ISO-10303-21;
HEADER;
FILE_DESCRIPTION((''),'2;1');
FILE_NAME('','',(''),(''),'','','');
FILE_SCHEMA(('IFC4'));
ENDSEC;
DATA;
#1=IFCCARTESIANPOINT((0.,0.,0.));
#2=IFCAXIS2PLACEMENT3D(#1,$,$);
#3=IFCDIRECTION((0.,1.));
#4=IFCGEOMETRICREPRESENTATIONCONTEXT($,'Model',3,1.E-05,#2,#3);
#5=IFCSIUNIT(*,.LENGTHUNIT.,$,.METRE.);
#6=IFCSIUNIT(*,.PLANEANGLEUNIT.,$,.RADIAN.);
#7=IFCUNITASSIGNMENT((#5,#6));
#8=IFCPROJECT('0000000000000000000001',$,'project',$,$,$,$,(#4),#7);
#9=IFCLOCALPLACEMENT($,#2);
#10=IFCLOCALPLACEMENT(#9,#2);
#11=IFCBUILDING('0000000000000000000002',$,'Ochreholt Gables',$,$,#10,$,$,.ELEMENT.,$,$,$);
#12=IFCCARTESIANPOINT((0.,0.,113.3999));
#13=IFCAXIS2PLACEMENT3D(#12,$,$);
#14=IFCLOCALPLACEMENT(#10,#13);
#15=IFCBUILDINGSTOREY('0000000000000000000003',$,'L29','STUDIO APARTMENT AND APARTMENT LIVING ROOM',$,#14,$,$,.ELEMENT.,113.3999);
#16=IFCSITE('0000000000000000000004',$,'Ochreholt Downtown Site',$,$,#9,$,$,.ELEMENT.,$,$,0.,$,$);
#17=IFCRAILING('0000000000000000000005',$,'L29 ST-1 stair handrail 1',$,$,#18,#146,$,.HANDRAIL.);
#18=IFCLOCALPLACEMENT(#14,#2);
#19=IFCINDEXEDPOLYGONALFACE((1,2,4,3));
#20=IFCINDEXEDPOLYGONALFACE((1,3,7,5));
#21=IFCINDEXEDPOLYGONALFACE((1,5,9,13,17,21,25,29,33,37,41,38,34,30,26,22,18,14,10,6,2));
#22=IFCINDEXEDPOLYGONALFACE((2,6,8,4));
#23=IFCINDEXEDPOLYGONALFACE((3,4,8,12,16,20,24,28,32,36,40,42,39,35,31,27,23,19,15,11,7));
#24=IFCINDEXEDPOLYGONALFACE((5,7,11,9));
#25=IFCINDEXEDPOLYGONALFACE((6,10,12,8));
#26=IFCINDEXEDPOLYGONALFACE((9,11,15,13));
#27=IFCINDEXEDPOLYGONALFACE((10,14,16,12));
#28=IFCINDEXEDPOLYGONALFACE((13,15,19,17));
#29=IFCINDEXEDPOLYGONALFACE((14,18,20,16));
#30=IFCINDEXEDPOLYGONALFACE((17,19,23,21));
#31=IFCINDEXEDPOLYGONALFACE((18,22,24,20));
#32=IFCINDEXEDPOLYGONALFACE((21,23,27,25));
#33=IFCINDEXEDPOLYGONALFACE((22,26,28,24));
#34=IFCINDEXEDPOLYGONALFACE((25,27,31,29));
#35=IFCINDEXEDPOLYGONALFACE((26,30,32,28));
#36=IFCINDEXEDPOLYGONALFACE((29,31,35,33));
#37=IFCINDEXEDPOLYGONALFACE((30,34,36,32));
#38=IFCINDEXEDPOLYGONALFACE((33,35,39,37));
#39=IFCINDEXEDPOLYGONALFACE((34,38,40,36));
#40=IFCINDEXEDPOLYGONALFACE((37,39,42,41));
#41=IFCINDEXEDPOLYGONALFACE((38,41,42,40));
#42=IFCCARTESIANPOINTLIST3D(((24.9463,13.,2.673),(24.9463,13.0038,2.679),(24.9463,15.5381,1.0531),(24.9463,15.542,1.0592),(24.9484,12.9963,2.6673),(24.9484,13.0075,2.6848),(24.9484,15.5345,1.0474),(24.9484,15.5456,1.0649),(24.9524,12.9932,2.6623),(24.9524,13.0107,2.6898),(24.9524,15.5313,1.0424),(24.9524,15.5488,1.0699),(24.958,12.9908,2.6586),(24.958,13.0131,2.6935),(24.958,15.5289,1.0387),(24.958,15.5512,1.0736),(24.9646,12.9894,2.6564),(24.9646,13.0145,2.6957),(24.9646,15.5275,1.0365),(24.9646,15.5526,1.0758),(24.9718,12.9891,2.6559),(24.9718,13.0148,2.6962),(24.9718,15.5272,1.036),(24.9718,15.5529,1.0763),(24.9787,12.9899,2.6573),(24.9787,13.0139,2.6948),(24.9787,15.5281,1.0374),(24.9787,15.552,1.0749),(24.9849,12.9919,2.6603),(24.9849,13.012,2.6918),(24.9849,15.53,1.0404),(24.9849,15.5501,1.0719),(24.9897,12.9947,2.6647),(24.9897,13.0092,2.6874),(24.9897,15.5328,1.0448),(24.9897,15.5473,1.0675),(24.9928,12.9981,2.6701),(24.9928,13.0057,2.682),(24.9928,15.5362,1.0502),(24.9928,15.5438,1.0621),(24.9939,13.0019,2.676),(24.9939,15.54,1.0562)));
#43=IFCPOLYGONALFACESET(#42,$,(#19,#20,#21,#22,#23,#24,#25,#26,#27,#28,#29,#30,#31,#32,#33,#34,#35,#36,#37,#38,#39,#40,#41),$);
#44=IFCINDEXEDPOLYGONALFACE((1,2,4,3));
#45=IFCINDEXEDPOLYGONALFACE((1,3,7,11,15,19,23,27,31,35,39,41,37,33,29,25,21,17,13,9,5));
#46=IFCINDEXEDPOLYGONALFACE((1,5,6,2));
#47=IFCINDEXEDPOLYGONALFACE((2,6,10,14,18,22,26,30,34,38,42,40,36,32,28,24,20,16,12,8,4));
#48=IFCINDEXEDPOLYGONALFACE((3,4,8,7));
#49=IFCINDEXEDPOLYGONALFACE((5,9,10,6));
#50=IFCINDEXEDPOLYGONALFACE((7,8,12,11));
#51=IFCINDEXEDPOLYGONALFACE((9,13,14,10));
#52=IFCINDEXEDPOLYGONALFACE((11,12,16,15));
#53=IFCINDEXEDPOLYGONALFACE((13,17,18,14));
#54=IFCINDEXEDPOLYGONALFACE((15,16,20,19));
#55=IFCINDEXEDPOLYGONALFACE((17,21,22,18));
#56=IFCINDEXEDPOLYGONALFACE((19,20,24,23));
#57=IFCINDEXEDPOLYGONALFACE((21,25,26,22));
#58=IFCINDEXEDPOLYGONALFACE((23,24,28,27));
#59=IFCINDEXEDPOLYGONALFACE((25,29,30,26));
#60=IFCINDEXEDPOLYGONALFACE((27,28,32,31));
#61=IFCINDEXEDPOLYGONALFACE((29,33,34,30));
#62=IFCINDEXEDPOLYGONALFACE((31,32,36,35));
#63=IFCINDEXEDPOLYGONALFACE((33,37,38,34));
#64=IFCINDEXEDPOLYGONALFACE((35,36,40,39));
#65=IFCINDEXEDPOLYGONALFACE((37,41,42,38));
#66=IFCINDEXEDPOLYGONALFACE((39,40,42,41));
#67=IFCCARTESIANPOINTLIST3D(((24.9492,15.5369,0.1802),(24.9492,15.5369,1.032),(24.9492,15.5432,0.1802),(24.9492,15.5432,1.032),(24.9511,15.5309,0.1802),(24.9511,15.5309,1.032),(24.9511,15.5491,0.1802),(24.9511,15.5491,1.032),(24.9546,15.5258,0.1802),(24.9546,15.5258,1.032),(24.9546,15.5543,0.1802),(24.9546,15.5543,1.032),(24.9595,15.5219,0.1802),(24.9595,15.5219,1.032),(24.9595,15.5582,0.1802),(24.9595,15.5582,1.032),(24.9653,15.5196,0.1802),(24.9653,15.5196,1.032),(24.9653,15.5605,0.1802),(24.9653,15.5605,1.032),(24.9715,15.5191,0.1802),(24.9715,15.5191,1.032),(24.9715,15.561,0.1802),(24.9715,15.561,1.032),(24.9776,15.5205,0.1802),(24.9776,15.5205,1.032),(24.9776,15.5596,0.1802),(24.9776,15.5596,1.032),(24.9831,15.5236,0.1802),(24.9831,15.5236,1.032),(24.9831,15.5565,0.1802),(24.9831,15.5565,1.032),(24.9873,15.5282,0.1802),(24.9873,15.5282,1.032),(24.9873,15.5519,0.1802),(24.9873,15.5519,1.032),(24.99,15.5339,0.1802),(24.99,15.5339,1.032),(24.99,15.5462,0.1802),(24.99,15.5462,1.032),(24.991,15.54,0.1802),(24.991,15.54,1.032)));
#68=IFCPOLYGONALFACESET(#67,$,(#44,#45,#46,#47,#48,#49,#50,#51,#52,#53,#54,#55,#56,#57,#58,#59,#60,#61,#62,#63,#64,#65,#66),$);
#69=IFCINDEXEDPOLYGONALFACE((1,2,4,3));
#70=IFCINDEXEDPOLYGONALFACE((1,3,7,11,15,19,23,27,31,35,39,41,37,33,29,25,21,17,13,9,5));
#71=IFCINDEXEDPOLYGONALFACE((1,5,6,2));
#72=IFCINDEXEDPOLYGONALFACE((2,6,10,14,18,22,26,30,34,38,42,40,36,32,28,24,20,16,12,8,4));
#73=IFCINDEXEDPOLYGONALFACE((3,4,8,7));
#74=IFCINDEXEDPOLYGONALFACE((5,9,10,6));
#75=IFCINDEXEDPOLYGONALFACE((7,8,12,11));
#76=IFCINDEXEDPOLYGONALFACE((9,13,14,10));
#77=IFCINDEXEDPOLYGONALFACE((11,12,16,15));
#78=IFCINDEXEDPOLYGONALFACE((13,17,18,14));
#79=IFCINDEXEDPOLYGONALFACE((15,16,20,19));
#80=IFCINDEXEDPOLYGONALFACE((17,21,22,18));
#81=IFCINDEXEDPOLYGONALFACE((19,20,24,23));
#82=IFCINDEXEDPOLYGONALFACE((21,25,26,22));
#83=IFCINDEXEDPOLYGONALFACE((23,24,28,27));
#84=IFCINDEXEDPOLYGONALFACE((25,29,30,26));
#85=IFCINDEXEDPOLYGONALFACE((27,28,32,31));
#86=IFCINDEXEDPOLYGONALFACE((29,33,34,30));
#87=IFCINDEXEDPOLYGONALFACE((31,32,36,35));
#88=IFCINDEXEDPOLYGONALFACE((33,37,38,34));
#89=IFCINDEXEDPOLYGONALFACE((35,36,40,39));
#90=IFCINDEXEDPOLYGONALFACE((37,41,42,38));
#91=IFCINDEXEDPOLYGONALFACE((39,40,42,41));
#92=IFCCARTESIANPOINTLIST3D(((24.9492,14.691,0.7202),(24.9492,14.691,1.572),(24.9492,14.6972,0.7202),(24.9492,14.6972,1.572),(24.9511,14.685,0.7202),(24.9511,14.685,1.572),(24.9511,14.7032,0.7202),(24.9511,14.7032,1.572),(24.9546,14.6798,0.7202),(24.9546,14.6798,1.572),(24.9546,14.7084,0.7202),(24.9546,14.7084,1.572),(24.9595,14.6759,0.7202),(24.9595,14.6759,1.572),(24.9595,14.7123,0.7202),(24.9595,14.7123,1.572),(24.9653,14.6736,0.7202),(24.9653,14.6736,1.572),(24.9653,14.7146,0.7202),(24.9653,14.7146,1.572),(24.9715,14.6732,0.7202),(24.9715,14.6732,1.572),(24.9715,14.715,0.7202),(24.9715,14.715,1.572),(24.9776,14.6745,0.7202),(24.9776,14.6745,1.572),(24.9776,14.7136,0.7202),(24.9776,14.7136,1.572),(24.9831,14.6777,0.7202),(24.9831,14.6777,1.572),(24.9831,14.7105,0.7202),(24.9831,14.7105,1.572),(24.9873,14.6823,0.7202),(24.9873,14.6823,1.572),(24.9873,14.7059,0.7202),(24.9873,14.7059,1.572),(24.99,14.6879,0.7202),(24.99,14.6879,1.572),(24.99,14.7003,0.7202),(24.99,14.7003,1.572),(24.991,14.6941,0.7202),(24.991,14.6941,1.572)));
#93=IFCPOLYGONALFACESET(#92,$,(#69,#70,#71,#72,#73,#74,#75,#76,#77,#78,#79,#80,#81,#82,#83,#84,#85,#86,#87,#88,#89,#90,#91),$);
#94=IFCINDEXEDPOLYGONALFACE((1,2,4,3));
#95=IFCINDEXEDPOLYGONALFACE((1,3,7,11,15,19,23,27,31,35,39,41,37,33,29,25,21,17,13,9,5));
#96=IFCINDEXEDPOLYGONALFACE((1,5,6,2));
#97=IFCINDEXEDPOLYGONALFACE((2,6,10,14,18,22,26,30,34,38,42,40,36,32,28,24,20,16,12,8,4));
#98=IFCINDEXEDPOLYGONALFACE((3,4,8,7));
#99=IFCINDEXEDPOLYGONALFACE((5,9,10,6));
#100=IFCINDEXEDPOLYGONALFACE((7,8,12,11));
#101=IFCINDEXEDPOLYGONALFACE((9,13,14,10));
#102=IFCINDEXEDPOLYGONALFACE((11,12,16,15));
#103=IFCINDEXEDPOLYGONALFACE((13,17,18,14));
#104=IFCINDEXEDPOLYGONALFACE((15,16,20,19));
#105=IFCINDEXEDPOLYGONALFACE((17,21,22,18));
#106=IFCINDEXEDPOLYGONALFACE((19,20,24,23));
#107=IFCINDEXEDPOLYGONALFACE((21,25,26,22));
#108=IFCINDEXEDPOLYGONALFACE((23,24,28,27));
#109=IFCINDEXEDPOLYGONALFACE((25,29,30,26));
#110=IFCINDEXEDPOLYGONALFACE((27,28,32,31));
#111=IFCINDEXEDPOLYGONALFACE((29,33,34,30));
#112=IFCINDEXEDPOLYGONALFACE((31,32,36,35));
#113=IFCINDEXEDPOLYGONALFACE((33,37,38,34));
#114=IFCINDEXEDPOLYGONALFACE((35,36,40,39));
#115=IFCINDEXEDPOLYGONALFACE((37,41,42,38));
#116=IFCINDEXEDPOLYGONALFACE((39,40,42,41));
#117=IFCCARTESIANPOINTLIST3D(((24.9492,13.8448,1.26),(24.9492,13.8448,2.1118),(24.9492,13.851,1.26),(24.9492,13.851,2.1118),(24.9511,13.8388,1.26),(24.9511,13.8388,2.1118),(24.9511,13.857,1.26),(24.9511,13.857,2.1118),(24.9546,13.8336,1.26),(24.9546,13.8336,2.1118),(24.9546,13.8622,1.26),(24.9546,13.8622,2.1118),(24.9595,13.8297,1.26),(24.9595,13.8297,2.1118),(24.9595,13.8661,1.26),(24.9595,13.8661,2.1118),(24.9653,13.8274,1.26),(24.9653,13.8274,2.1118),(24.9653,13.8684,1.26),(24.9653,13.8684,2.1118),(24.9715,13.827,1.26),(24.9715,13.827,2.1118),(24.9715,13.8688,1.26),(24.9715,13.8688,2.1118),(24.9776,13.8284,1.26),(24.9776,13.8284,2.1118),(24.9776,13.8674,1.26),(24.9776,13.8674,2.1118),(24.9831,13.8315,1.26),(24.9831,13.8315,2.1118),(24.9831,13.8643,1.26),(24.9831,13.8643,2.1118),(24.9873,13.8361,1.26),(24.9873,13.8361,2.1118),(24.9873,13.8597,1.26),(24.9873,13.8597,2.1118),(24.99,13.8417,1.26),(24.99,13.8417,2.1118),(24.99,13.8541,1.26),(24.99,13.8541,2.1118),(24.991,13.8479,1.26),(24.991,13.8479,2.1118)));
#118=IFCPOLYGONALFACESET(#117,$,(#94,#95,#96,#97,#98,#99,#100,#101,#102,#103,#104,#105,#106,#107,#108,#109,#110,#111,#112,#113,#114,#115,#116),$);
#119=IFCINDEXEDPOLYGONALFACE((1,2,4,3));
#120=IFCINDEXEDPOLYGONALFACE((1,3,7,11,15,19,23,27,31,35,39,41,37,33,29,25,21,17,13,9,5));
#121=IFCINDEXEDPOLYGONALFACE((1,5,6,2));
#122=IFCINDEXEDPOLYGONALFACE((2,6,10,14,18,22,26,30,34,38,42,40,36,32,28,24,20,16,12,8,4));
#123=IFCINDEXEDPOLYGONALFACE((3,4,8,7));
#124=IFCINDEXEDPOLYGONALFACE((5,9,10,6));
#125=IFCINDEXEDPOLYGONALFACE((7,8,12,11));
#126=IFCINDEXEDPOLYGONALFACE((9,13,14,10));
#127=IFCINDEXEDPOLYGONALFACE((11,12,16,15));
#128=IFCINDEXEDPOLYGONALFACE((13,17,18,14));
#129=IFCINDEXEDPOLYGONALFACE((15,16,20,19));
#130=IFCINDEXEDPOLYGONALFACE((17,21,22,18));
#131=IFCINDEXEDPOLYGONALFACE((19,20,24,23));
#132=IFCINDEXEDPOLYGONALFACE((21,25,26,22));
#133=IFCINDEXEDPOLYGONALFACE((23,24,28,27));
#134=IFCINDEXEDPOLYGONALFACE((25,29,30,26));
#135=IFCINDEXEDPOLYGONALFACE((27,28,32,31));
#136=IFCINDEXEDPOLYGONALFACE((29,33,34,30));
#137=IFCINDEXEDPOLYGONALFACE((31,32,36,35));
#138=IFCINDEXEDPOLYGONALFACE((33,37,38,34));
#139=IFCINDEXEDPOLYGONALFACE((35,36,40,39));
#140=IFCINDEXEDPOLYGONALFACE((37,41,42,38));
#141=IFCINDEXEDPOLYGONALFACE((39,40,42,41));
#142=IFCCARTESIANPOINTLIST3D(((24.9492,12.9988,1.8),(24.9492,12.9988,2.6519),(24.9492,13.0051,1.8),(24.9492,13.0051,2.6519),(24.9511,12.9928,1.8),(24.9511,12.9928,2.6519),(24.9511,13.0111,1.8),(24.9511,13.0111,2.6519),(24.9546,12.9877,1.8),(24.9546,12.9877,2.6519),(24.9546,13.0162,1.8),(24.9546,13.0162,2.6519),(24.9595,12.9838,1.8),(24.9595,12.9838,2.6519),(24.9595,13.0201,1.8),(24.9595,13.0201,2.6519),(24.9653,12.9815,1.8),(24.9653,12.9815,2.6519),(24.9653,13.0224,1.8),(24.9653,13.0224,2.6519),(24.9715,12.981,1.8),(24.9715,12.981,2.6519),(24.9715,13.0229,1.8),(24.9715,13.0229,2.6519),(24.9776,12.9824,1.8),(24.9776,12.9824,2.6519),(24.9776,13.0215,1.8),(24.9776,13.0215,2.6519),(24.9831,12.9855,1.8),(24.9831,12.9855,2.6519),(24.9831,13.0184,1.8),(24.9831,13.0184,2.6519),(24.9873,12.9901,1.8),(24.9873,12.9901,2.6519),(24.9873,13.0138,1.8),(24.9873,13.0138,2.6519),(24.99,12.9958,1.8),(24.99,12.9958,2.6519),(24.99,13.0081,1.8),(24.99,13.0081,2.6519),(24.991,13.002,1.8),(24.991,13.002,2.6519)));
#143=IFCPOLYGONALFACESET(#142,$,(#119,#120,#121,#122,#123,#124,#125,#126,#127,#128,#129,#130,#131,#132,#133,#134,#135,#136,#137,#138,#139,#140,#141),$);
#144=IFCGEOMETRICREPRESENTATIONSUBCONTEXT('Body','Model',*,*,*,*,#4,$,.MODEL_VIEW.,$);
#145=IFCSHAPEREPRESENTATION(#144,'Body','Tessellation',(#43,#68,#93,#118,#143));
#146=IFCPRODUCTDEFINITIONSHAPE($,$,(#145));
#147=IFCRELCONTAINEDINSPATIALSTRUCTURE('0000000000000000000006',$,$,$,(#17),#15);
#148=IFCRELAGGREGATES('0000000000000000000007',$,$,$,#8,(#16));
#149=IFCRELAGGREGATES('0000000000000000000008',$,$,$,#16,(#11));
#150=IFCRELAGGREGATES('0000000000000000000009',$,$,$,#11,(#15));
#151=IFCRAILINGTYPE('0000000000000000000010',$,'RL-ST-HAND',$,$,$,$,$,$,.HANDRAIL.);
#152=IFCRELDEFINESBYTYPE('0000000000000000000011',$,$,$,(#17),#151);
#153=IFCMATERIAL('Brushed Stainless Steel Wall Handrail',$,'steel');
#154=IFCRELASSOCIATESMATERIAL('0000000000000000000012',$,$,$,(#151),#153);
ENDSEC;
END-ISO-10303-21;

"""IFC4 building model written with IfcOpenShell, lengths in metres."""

from ifc_helpers import new_model, si_unit, direction, frame, origin, origin_2d, place, context, subcontext, project, spatial, circle, extrude, material, type_object, element, save


model = new_model("IFC4")

# Units and contexts
model_context = context("Model", 3, precision=1e-05, world=origin(), true_north=direction((0.0, 1.0)))
body_context = subcontext(model_context, "Body", "Model", "MODEL_VIEW")
ifc_project = project(units=[si_unit("LENGTHUNIT", "METRE"), si_unit("PLANEANGLEUNIT", "RADIAN")], contexts=[model_context])

# Site, building, storey
site_placement = place(None, origin())
site = spatial("IfcSite", under=ifc_project, at=site_placement, Name="Ochreholt Downtown Site", CompositionType="ELEMENT", RefElevation=0.0)
building_placement = place(site_placement, origin())
building = spatial("IfcBuilding", under=site, at=building_placement, Name="Ochreholt Gables", CompositionType="ELEMENT")
storey_placement = place(building_placement, frame((0.0, 0.0, 113.3999)))
storey = spatial("IfcBuildingStorey", under=building, at=storey_placement, Name="L29", Description="STUDIO APARTMENT AND APARTMENT LIVING ROOM", CompositionType="ELEMENT", Elevation=113.3999)

# Railing
ifc_material_1 = material(Name="Brushed Stainless Steel Wall Handrail", Category="steel")
railing_type_1 = type_object("IfcRailingType", Name="RL-ST-HAND", PredefinedType="HANDRAIL", material=ifc_material_1)
railing_1_placement = place(storey_placement, frame((24.97, 15.54, 0.1802)))
element("IfcRailing", 1, at=railing_1_placement, inside=storey, type_object=railing_type_1, Name="L29 ST-1 stair handrail 1", PredefinedType="HANDRAIL", context=body_context, shape_type="SweptSolid", body=[
    extrude(circle(Radius=0.0239, at=origin_2d()), frame((0.0, 0.0, 0.876), z_axis=(0.0, -0.84295, 0.537993), x_axis=(1.0, 0.0, 0.0)), (0.0, 0.0, 1.0), 3.011),
    extrude(circle(Radius=0.021, at=origin_2d()), origin(), (0.0, 0.0, 1.0), 0.8518),
    extrude(circle(Radius=0.021, at=origin_2d()), frame((0.0, -0.8459, 0.54)), (0.0, 0.0, 1.0), 0.8518),
    extrude(circle(Radius=0.021, at=origin_2d()), frame((0.0, -1.6921, 1.0798)), (0.0, 0.0, 1.0), 0.8518),
    extrude(circle(Radius=0.021, at=origin_2d()), frame((0.0, -2.5381, 1.6199)), (0.0, 0.0, 1.0), 0.8518),
])

save(model, "model.ifc")
